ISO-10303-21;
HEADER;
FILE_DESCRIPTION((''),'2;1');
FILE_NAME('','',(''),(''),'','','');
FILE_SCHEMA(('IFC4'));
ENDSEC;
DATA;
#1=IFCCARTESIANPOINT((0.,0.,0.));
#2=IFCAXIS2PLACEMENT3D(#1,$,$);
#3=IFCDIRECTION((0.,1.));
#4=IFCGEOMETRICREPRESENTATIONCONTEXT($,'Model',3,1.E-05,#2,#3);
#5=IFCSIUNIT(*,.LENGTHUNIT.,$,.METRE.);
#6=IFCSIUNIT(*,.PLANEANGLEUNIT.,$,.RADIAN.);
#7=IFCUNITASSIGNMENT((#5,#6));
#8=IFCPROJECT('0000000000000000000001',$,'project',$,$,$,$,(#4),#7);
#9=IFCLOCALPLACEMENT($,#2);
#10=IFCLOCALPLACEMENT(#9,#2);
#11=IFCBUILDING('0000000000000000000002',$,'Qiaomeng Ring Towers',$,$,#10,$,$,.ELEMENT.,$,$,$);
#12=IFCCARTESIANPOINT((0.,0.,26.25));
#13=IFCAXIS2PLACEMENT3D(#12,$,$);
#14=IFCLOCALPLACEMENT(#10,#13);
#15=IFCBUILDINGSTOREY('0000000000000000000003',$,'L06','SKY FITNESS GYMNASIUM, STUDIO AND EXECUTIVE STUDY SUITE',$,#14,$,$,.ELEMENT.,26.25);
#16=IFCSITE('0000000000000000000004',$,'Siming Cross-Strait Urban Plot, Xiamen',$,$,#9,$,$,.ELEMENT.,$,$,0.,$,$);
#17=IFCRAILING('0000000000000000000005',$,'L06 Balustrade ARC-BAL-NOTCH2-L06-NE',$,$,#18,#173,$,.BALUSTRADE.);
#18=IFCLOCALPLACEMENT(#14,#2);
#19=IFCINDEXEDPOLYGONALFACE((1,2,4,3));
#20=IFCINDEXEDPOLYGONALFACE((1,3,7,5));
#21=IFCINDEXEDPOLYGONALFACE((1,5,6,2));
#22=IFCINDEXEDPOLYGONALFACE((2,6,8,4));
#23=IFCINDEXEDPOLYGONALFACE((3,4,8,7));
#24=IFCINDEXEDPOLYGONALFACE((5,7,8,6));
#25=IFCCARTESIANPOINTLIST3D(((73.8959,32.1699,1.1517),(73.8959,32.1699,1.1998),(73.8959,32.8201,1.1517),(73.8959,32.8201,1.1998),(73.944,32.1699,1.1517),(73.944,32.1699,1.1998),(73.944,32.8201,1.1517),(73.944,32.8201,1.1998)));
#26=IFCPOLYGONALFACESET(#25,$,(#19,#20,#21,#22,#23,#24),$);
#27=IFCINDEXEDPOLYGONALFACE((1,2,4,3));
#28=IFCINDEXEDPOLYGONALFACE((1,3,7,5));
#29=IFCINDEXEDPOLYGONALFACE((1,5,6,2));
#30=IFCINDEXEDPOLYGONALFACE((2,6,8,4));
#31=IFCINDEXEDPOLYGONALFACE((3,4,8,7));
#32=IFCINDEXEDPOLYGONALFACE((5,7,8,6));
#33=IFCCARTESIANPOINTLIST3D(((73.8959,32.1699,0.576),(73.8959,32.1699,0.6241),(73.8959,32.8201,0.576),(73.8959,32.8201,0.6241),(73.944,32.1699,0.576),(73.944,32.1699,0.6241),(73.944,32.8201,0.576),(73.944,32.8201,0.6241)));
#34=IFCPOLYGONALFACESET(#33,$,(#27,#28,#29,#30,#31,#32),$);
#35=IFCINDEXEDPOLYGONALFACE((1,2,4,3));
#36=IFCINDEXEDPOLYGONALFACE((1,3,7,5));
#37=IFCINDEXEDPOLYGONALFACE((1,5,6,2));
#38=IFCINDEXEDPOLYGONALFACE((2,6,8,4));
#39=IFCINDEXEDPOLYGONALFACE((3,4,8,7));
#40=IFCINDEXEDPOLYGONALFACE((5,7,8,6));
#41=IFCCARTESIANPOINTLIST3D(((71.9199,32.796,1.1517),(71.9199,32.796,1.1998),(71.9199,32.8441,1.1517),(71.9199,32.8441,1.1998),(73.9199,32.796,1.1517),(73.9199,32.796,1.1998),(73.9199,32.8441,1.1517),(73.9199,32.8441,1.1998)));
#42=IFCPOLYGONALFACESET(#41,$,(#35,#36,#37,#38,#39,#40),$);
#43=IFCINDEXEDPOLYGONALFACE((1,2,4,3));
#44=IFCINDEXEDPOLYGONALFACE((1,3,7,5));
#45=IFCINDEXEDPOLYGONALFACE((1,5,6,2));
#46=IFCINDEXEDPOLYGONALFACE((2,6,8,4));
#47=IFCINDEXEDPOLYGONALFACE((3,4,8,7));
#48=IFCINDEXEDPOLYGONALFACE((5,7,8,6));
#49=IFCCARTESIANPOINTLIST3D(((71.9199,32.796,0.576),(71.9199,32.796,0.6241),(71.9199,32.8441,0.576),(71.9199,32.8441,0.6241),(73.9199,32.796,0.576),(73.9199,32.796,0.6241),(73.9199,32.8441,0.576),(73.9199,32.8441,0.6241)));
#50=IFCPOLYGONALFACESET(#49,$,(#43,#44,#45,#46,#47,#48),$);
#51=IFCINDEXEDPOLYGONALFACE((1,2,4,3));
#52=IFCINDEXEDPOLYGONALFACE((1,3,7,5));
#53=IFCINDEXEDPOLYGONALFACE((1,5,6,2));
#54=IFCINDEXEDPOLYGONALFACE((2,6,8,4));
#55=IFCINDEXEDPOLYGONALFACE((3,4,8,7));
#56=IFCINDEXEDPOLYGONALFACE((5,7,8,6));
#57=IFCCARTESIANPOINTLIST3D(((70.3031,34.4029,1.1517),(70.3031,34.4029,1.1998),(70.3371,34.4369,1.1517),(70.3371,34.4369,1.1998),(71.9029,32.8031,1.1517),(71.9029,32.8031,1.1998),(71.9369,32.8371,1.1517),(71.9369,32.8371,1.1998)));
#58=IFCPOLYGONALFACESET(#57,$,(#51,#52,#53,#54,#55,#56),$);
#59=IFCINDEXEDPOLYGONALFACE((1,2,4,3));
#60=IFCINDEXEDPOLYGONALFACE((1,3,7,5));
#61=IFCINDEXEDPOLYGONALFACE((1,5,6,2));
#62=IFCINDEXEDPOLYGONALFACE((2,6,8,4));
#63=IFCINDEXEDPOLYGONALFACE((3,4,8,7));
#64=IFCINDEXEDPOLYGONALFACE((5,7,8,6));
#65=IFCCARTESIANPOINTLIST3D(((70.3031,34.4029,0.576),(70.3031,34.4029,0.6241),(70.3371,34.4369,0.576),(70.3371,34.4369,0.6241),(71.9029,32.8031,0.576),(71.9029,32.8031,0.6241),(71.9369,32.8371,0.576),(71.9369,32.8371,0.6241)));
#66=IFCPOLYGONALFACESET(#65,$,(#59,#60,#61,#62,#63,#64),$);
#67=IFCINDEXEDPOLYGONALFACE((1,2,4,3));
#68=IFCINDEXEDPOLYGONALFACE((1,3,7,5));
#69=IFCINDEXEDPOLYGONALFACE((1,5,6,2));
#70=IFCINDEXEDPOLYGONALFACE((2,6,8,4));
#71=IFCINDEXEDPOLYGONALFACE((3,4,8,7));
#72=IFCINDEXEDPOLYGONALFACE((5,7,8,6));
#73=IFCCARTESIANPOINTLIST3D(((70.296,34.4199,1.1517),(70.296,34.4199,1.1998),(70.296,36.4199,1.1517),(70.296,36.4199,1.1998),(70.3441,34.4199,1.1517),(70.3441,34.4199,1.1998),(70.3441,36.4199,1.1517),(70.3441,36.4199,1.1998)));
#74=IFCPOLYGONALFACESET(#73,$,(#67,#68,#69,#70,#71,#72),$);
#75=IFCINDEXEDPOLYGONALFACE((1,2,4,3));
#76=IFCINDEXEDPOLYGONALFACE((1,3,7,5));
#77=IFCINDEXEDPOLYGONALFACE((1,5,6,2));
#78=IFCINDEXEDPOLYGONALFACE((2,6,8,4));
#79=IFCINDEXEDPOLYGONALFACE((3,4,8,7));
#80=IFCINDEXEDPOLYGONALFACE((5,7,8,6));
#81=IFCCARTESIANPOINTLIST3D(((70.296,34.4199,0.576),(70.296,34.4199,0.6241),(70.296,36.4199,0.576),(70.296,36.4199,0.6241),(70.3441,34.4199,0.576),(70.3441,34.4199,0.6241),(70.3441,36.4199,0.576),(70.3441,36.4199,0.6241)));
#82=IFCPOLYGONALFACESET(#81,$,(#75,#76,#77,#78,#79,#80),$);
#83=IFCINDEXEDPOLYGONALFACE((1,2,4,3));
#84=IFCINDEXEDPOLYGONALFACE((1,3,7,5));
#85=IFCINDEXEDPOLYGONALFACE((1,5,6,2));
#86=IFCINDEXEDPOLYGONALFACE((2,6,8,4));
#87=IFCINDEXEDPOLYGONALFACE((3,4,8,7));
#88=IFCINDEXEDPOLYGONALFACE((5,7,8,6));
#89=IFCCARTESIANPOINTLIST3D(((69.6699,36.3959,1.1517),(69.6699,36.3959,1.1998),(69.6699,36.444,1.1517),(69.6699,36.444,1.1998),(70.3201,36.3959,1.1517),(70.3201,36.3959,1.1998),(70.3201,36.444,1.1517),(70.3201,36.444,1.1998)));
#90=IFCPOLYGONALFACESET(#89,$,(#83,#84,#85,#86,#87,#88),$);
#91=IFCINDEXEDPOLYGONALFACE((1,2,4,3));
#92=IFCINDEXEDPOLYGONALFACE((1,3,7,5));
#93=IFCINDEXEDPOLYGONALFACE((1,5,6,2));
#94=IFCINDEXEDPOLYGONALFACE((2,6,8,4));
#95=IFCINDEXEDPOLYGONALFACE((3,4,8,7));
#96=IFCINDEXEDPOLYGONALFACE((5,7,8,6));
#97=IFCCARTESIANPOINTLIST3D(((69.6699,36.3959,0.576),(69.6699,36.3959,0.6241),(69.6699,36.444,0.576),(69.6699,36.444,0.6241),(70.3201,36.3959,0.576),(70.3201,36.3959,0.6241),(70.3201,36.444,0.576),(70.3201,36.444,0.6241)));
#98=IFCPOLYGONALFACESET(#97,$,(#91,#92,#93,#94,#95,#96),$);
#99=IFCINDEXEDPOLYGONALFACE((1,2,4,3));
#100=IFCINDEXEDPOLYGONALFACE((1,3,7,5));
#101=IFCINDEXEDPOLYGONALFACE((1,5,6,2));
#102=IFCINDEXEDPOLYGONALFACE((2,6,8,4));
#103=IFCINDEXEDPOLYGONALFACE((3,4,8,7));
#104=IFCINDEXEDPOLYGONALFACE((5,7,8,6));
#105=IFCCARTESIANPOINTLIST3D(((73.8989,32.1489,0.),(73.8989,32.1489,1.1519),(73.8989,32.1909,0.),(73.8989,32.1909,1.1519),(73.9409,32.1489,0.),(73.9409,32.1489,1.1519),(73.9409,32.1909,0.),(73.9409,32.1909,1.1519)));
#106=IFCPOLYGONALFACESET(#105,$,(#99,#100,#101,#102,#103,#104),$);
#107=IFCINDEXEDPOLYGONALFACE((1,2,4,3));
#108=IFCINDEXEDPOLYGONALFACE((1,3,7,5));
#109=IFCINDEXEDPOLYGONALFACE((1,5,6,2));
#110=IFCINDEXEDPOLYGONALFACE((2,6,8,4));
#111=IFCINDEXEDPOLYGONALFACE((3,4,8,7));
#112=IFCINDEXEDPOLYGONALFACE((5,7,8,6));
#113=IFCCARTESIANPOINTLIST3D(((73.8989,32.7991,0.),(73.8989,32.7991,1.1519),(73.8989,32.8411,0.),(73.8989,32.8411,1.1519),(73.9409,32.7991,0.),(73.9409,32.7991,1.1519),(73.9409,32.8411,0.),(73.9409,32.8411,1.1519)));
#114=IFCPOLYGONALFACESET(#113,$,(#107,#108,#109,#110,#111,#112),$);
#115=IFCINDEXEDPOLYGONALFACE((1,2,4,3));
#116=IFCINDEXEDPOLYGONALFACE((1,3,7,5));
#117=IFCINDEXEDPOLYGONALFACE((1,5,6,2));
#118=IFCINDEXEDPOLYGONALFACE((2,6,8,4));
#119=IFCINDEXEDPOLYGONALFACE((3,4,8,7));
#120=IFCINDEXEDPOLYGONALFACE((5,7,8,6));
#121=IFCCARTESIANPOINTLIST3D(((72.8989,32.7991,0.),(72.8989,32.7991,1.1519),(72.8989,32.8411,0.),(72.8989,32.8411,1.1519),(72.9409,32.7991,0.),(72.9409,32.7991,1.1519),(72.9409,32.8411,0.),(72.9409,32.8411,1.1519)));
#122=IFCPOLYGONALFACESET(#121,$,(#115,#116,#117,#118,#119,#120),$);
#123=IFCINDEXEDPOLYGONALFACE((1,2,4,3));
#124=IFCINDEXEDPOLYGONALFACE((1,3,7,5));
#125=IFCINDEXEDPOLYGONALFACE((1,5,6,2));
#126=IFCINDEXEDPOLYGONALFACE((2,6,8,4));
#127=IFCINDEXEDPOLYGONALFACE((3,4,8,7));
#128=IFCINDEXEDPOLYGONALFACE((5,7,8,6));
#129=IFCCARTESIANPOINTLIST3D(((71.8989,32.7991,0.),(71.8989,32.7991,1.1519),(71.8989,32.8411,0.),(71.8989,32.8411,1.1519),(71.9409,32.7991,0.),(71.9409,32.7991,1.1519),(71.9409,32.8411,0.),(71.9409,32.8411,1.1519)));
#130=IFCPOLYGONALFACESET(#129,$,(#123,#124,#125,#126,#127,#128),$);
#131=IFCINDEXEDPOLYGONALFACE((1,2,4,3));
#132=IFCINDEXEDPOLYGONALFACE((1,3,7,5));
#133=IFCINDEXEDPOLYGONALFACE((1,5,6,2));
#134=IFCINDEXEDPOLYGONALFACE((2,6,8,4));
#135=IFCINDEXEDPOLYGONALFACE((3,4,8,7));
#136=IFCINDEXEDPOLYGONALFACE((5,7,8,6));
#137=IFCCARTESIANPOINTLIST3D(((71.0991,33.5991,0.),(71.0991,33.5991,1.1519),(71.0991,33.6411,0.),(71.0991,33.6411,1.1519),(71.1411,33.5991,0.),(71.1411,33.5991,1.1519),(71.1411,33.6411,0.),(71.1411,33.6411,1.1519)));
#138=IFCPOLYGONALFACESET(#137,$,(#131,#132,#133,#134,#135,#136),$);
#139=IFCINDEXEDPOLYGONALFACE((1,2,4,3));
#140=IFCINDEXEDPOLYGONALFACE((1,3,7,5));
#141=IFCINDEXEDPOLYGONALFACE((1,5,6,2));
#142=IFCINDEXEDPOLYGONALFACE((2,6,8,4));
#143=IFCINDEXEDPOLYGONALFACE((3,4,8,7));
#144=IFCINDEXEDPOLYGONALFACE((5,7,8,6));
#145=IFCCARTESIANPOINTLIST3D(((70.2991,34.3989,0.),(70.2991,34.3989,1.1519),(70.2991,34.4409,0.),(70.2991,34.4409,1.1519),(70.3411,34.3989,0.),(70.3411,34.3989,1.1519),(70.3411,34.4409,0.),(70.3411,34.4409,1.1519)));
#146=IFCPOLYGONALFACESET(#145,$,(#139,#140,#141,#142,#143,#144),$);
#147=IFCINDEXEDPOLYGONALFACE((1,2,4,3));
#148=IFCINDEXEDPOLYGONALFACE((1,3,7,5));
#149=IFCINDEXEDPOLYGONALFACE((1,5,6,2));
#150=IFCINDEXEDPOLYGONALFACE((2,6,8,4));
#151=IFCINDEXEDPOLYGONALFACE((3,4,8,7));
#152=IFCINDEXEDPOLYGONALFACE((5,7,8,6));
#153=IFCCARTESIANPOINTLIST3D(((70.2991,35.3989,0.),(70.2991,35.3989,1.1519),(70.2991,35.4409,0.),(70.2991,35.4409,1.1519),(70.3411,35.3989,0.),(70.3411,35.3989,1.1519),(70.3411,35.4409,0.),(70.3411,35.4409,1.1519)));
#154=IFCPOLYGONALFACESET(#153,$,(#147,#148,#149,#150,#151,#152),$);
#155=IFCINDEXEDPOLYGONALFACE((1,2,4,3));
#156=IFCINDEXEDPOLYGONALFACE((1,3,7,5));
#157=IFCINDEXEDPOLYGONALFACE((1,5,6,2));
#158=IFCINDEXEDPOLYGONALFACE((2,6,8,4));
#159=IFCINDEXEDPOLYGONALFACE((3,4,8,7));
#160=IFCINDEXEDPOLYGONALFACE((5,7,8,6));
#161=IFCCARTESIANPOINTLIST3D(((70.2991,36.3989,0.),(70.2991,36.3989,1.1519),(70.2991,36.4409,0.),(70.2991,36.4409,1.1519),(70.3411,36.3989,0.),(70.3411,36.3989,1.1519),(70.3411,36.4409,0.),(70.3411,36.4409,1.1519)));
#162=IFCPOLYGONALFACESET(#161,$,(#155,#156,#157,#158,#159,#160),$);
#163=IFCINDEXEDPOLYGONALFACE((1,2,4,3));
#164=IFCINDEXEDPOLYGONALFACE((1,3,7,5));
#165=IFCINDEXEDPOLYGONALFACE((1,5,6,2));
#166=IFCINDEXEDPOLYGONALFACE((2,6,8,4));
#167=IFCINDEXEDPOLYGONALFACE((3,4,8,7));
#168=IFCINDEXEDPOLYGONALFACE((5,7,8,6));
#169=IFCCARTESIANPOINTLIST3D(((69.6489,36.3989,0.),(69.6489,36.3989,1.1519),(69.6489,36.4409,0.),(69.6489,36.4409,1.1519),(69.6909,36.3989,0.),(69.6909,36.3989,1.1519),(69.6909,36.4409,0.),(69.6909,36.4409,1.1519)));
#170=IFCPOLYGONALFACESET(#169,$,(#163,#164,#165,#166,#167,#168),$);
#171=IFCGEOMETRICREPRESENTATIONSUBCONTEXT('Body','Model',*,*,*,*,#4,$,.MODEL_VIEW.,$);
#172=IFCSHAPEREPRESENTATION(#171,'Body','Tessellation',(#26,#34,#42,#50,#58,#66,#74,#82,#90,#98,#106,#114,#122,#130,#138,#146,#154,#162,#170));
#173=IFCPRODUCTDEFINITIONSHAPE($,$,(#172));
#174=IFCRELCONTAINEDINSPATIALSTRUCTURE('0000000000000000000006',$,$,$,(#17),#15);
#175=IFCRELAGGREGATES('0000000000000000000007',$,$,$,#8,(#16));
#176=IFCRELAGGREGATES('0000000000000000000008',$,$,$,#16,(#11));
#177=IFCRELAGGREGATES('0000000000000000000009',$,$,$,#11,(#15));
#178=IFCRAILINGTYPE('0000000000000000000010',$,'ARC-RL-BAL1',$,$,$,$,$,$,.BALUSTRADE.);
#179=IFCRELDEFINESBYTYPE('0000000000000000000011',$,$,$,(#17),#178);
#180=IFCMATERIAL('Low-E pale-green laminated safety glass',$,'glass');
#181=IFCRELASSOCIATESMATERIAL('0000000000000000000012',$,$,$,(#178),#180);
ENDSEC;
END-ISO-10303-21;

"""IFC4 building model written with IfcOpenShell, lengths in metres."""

from ifc_helpers import new_model, si_unit, direction, frame, origin, origin_2d, place, context, subcontext, project, spatial, rectangle, extrude, material, type_object, element, save


model = new_model("IFC4")

# Units and contexts
model_context = context("Model", 3, precision=1e-05, world=origin(), true_north=direction((0.0, 1.0)))
body_context = subcontext(model_context, "Body", "Model", "MODEL_VIEW")
ifc_project = project(units=[si_unit("LENGTHUNIT", "METRE"), si_unit("PLANEANGLEUNIT", "RADIAN")], contexts=[model_context])

# Site, building, storey
site_placement = place(None, origin())
site = spatial("IfcSite", under=ifc_project, at=site_placement, Name="Siming Cross-Strait Urban Plot, Xiamen", CompositionType="ELEMENT", RefElevation=0.0)
building_placement = place(site_placement, origin())
building = spatial("IfcBuilding", under=site, at=building_placement, Name="Qiaomeng Ring Towers", CompositionType="ELEMENT")
storey_placement = place(building_placement, frame((0.0, 0.0, 26.25)))
storey = spatial("IfcBuildingStorey", under=building, at=storey_placement, Name="L06", Description="SKY FITNESS GYMNASIUM, STUDIO AND EXECUTIVE STUDY SUITE", CompositionType="ELEMENT", Elevation=26.25)

# Railing
ifc_material_1 = material(Name="Low-E pale-green laminated safety glass", Category="glass")
railing_type = type_object("IfcRailingType", Name="ARC-RL-BAL1", PredefinedType="BALUSTRADE", material=ifc_material_1)
railing_1_placement = place(storey_placement, frame((73.9199, 32.1699, 0.0)))
element("IfcRailing", 1, at=railing_1_placement, inside=storey, type_object=railing_type, Name="L06 Balustrade ARC-BAL-NOTCH2-L06-NE", PredefinedType="BALUSTRADE", context=body_context, shape_type="SweptSolid", body=[
    extrude(rectangle(XDim=0.0481, YDim=0.0481, at=origin_2d()), frame((0.0, 0.0, 1.1758), z_axis=(0.0, 1.0, 0.0), x_axis=(-1.0, 0.0, 0.0)), (0.0, 0.0, 1.0), 0.6501),
    extrude(rectangle(XDim=0.0481, YDim=0.0481, at=origin_2d()), frame((0.0, 0.0, 0.6001), z_axis=(0.0, 1.0, 0.0), x_axis=(-1.0, 0.0, 0.0)), (0.0, 0.0, 1.0), 0.6501),
    extrude(rectangle(XDim=0.0481, YDim=0.0481, at=origin_2d()), frame((0.0, 0.6501, 1.1758), z_axis=(-1.0, 0.0, 0.0), x_axis=(0.0, -1.0, 0.0)), (0.0, 0.0, 1.0), 2.0),
    extrude(rectangle(XDim=0.0481, YDim=0.0481, at=origin_2d()), frame((0.0, 0.6501, 0.6001), z_axis=(-1.0, 0.0, 0.0), x_axis=(0.0, -1.0, 0.0)), (0.0, 0.0, 1.0), 2.0),
    extrude(rectangle(XDim=0.0481, YDim=0.0481, at=origin_2d()), frame((-2.0, 0.6501, 1.1758), z_axis=(-0.707107, 0.707107, 0.0), x_axis=(-0.707107, -0.707107, 0.0)), (0.0, 0.0, 1.0), 2.2625),
    extrude(rectangle(XDim=0.0481, YDim=0.0481, at=origin_2d()), frame((-2.0, 0.6501, 0.6001), z_axis=(-0.707107, 0.707107, 0.0), x_axis=(-0.707107, -0.707107, 0.0)), (0.0, 0.0, 1.0), 2.2625),
    extrude(rectangle(XDim=0.0481, YDim=0.0481, at=origin_2d()), frame((-3.5999, 2.25, 1.1758), z_axis=(0.0, 1.0, 0.0), x_axis=(-1.0, 0.0, 0.0)), (0.0, 0.0, 1.0), 2.0),
    extrude(rectangle(XDim=0.0481, YDim=0.0481, at=origin_2d()), frame((-3.5999, 2.25, 0.6001), z_axis=(0.0, 1.0, 0.0), x_axis=(-1.0, 0.0, 0.0)), (0.0, 0.0, 1.0), 2.0),
    extrude(rectangle(XDim=0.0481, YDim=0.0481, at=origin_2d()), frame((-3.5999, 4.25, 1.1758), z_axis=(-1.0, 0.0, 0.0), x_axis=(0.0, -1.0, 0.0)), (0.0, 0.0, 1.0), 0.6501),
    extrude(rectangle(XDim=0.0481, YDim=0.0481, at=origin_2d()), frame((-3.5999, 4.25, 0.6001), z_axis=(-1.0, 0.0, 0.0), x_axis=(0.0, -1.0, 0.0)), (0.0, 0.0, 1.0), 0.6501),
    extrude(rectangle(XDim=0.042, YDim=0.042, at=origin_2d()), origin(), (0.0, 0.0, 1.0), 1.1519),
    extrude(rectangle(XDim=0.042, YDim=0.042, at=origin_2d()), frame((0.0, 0.6501, 0.0)), (0.0, 0.0, 1.0), 1.1519),
    extrude(rectangle(XDim=0.042, YDim=0.042, at=origin_2d()), frame((-1.0, 0.6501, 0.0)), (0.0, 0.0, 1.0), 1.1519),
    extrude(rectangle(XDim=0.042, YDim=0.042, at=origin_2d()), frame((-2.0, 0.6501, 0.0)), (0.0, 0.0, 1.0), 1.1519),
    extrude(rectangle(XDim=0.042, YDim=0.042, at=origin_2d()), frame((-2.7998, 1.4502, 0.0)), (0.0, 0.0, 1.0), 1.1519),
    extrude(rectangle(XDim=0.042, YDim=0.042, at=origin_2d()), frame((-3.5999, 2.25, 0.0)), (0.0, 0.0, 1.0), 1.1519),
    extrude(rectangle(XDim=0.042, YDim=0.042, at=origin_2d()), frame((-3.5999, 3.25, 0.0)), (0.0, 0.0, 1.0), 1.1519),
    extrude(rectangle(XDim=0.042, YDim=0.042, at=origin_2d()), frame((-3.5999, 4.25, 0.0)), (0.0, 0.0, 1.0), 1.1519),
    extrude(rectangle(XDim=0.042, YDim=0.042, at=origin_2d()), frame((-4.25, 4.25, 0.0)), (0.0, 0.0, 1.0), 1.1519),
])

save(model, "model.ifc")
